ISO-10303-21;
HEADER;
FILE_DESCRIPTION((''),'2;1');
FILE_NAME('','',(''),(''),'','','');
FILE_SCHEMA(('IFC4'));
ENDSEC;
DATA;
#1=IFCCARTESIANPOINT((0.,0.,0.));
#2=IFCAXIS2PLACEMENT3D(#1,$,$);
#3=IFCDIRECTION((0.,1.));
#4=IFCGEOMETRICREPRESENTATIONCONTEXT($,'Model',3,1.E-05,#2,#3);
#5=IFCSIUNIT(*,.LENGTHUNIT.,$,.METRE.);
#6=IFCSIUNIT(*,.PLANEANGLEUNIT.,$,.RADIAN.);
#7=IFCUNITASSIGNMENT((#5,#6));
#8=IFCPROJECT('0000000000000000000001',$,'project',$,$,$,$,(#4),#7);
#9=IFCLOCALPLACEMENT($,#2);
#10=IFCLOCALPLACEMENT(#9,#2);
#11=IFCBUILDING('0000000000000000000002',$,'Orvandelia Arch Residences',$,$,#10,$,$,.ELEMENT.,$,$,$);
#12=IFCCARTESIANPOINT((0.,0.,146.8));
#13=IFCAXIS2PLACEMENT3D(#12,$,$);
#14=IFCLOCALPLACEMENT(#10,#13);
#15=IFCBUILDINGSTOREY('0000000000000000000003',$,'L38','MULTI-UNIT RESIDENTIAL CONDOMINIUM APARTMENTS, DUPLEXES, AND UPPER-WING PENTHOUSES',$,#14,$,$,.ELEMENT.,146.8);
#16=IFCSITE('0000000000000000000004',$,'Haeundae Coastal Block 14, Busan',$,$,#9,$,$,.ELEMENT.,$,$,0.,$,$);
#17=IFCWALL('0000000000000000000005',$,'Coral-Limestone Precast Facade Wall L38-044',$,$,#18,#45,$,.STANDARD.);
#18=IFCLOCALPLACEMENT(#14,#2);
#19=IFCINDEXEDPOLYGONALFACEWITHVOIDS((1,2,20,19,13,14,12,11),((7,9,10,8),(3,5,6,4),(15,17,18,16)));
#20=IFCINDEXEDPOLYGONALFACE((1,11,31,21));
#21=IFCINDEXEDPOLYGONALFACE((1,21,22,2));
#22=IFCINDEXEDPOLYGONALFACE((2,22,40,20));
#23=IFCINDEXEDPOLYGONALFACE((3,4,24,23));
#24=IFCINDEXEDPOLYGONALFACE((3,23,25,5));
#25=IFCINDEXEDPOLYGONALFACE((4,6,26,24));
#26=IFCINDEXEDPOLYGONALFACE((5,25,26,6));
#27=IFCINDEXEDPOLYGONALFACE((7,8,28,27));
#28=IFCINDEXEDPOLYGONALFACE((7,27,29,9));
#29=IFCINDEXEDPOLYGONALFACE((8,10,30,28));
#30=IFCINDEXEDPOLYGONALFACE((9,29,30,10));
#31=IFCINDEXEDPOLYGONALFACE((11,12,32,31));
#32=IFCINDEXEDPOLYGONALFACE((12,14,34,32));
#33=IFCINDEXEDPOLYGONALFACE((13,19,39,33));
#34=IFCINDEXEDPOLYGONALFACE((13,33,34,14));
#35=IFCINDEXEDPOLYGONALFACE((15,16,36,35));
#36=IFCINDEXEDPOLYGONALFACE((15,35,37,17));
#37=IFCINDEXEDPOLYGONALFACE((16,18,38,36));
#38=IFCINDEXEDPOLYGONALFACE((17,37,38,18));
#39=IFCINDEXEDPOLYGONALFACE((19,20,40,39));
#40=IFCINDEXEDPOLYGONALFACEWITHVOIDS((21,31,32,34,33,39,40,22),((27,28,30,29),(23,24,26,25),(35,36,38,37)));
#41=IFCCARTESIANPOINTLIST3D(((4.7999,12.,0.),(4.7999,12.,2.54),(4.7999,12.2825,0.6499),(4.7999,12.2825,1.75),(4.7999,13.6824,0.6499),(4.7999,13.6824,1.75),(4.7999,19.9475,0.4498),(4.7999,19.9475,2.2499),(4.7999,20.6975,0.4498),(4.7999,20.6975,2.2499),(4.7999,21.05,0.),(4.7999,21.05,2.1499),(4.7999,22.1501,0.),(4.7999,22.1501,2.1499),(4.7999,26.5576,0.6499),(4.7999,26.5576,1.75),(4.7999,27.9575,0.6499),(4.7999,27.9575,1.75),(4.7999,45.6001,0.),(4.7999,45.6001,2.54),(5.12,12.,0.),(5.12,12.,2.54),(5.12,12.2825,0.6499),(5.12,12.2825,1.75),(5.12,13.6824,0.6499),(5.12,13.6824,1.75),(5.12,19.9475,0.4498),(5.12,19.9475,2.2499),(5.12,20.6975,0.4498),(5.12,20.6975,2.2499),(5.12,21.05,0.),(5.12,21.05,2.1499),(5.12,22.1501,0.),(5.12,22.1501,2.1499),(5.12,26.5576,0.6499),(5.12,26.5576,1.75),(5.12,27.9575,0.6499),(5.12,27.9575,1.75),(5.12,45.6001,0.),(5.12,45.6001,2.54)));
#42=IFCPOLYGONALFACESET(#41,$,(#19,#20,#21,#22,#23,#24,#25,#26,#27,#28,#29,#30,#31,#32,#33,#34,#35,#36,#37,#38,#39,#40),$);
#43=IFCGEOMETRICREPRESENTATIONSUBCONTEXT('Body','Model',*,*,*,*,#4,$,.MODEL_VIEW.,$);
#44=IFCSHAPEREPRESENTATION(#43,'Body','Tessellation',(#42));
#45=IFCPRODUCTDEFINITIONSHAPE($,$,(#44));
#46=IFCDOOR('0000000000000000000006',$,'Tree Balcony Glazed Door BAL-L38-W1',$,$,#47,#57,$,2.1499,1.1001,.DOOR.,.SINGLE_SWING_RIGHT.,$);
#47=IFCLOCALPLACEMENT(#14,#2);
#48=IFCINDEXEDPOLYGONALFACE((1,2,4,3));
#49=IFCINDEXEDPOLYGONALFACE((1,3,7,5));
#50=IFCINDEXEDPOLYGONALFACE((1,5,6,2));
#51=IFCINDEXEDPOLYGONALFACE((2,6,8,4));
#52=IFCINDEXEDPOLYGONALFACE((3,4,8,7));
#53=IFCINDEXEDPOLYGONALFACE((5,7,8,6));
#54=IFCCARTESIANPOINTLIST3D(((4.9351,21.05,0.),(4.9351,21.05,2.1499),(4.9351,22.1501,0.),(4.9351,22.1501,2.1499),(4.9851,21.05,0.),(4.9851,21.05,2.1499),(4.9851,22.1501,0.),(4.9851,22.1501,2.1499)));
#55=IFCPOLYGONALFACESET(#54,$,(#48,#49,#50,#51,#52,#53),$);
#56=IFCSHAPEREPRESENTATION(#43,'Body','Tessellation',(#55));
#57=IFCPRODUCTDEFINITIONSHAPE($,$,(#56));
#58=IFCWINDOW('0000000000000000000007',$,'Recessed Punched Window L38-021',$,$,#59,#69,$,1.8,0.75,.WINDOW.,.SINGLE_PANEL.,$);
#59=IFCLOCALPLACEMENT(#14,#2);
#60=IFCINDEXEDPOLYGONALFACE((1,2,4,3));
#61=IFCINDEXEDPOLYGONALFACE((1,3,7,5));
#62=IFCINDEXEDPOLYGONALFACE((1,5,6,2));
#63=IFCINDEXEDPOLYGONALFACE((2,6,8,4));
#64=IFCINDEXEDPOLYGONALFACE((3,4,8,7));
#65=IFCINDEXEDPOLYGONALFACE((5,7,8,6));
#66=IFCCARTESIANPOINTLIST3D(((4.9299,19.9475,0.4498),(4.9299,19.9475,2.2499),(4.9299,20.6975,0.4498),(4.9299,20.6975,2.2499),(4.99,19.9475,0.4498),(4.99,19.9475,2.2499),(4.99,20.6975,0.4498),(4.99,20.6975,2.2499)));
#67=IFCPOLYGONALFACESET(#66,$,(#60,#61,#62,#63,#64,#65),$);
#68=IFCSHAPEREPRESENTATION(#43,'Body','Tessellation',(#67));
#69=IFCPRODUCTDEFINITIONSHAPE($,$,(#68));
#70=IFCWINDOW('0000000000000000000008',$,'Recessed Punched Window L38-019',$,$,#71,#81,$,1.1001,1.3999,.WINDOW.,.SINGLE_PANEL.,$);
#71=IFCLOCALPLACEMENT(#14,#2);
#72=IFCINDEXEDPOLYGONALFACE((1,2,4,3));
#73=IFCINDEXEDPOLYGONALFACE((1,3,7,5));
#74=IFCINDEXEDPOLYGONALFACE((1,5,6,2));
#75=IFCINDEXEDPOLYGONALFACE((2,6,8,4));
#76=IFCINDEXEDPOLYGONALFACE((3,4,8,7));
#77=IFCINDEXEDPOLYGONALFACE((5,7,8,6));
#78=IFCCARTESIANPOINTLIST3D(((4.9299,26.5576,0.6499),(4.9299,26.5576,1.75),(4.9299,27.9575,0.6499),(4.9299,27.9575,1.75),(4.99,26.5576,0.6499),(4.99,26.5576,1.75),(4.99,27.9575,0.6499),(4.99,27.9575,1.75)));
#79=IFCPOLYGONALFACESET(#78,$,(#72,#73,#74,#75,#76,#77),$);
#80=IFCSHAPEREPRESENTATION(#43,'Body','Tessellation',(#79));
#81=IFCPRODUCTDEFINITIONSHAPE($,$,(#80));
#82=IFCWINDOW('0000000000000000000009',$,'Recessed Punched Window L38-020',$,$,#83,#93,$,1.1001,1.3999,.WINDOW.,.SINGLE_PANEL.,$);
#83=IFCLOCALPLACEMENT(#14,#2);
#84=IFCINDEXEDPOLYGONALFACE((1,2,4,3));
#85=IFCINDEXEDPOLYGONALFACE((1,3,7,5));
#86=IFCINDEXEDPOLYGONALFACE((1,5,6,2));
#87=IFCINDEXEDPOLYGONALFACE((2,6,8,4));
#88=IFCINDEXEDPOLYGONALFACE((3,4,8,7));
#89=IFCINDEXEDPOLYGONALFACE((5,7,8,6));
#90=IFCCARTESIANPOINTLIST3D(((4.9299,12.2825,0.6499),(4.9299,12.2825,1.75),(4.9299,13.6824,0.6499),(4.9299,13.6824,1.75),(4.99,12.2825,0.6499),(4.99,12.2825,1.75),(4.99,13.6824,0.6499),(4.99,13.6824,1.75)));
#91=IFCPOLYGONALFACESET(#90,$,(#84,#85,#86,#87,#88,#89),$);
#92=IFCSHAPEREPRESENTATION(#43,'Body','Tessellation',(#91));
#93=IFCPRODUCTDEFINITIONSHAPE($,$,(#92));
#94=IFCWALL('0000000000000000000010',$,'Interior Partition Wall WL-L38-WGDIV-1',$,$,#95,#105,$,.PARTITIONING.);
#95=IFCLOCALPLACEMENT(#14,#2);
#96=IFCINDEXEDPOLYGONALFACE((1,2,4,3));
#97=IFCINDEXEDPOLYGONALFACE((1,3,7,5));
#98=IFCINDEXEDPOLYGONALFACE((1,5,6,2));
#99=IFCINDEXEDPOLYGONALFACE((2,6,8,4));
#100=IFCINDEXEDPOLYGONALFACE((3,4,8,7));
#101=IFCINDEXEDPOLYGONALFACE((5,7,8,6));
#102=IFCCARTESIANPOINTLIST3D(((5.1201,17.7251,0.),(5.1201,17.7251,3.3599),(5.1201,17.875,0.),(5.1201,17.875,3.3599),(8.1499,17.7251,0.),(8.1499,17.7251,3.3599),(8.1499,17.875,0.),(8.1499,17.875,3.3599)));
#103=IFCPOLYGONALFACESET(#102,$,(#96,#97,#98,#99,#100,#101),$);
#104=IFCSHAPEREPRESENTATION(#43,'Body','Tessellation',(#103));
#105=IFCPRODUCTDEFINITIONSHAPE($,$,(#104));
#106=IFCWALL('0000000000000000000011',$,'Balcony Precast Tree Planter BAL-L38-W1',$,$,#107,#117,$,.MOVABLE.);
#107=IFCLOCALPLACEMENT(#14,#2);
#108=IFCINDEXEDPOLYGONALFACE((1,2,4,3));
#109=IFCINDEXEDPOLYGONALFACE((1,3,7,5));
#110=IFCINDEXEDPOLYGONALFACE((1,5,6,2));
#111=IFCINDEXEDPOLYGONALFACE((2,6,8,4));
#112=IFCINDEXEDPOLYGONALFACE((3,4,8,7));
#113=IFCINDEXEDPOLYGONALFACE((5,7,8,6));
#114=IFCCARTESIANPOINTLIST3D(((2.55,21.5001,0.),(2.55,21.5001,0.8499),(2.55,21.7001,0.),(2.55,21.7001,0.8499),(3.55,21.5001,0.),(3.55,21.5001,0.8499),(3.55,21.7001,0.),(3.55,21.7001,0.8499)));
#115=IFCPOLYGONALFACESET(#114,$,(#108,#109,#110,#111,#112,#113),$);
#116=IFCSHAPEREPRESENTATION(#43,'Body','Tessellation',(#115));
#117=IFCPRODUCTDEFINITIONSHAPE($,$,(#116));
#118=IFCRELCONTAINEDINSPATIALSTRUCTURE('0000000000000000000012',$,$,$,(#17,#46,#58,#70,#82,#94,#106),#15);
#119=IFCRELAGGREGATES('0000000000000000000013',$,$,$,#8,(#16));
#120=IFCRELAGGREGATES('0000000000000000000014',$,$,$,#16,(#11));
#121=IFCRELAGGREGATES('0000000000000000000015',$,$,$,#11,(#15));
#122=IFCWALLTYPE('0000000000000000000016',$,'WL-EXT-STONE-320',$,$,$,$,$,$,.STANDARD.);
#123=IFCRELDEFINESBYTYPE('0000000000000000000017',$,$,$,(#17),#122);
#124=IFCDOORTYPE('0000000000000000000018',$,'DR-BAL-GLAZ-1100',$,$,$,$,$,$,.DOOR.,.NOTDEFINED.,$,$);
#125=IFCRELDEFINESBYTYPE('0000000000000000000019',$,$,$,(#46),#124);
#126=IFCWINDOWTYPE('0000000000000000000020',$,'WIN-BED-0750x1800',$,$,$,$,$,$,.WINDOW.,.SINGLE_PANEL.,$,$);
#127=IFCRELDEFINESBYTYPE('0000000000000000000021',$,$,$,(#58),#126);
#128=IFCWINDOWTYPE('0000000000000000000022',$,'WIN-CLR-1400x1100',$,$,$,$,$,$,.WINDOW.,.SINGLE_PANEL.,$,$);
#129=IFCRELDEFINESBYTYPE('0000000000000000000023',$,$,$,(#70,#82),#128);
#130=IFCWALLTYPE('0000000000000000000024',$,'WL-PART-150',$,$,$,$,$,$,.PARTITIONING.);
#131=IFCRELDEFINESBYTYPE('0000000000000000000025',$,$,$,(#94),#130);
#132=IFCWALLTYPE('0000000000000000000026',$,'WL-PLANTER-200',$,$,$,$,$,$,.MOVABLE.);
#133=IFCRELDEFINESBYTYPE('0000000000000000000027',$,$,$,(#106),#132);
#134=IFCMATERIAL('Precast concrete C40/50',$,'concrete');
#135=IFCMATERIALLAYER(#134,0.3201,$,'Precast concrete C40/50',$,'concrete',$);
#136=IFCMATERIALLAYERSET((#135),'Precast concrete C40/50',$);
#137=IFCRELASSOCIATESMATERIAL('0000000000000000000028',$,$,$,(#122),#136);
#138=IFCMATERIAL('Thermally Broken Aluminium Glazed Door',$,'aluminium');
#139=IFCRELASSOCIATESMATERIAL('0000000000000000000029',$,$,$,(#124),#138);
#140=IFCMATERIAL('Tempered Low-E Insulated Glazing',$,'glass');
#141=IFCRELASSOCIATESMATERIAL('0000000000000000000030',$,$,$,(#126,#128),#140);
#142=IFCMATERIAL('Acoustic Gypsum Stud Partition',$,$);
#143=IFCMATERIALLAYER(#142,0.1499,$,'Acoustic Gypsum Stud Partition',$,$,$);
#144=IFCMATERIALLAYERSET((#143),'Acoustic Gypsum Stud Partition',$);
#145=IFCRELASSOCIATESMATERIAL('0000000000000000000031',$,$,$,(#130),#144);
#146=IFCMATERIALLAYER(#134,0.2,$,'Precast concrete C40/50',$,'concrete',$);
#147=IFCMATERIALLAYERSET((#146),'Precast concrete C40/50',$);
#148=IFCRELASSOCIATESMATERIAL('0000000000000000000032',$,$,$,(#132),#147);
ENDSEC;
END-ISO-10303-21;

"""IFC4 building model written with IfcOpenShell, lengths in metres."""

from ifc_helpers import new_model, si_unit, direction, frame, frame_2d, origin, place, context, subcontext, project, spatial, rectangle, extrude, material, layer, layer_set, type_object, element, fill, save


model = new_model("IFC4")

# Units and contexts
model_context = context("Model", 3, precision=1e-05, world=origin(), true_north=direction((0.0, 1.0)))
body_context = subcontext(model_context, "Body", "Model", "MODEL_VIEW")
ifc_project = project(units=[si_unit("LENGTHUNIT", "METRE"), si_unit("PLANEANGLEUNIT", "RADIAN")], contexts=[model_context])

# Site, building, storey
site_placement = place(None, origin())
site = spatial("IfcSite", under=ifc_project, at=site_placement, Name="Haeundae Coastal Block 14, Busan", CompositionType="ELEMENT", RefElevation=0.0)
building_placement = place(site_placement, origin())
building = spatial("IfcBuilding", under=site, at=building_placement, Name="Orvandelia Arch Residences", CompositionType="ELEMENT")
storey_placement = place(building_placement, frame((0.0, 0.0, 146.8)))
storey = spatial("IfcBuildingStorey", under=building, at=storey_placement, Name="L38", Description="MULTI-UNIT RESIDENTIAL CONDOMINIUM APARTMENTS, DUPLEXES, AND UPPER-WING PENTHOUSES", CompositionType="ELEMENT", Elevation=146.8)

# Shared definitions
ifc_material_1 = material(Name="Precast concrete C40/50", Category="concrete")
ifc_layer_1 = layer(ifc_material_1, 0.3201, Name="Precast concrete C40/50", Category="concrete")
ifc_layer_set_1 = layer_set([ifc_layer_1], Name="Precast concrete C40/50")
wall_type_1 = type_object("IfcWallType", Name="WL-EXT-STONE-320", PredefinedType="STANDARD", material=ifc_layer_set_1)

# Wall, openings, door, windows
wall_1_placement = place(storey_placement, frame((4.96, 12.0, 0.0), z_axis=(0.0, 0.0, 1.0), x_axis=(0.0, 1.0, 0.0)))
wall_1 = element("IfcWall", 1, at=wall_1_placement, inside=storey, type_object=wall_type_1, Name="Coral-Limestone Precast Facade Wall L38-044", PredefinedType="STANDARD", context=body_context, shape_type="SweptSolid", body=[
    extrude(rectangle(XDim=33.6001, YDim=0.3201, at=frame_2d((16.8, 0.0))), origin(), (0.0, 0.0, 1.0), 2.54),
])
opening_1_placement = place(wall_1_placement, frame((9.05, 0.0, 0.0)))
opening_1 = element("IfcOpeningElement", 2, at=opening_1_placement, cuts=wall_1, PredefinedType="OPENING", context=body_context, shape_type="SweptSolid", body=[
    extrude(rectangle(XDim=1.1001, YDim=2.1499, at=frame_2d((0.55, 1.075))), frame((0.0, 0.1699, 0.0), z_axis=(0.0, -1.0, 0.0), x_axis=(1.0, 0.0, 0.0)), (0.0, 0.0, 1.0), 0.3401),
])
opening_2_placement = place(wall_1_placement, frame((14.5576, 0.0, 0.6499)))
opening_2 = element("IfcOpeningElement", 3, at=opening_2_placement, cuts=wall_1, PredefinedType="OPENING", context=body_context, shape_type="SweptSolid", body=[
    extrude(rectangle(XDim=1.3999, YDim=1.1001, at=frame_2d((0.7, 0.55))), frame((0.0, 0.1699, 0.0), z_axis=(0.0, -1.0, 0.0), x_axis=(1.0, 0.0, 0.0)), (0.0, 0.0, 1.0), 0.3401),
])
opening_3_placement = place(wall_1_placement, frame((0.2825, 0.0, 0.6499)))
opening_3 = element("IfcOpeningElement", 4, at=opening_3_placement, cuts=wall_1, PredefinedType="OPENING", context=body_context, shape_type="SweptSolid", body=[
    extrude(rectangle(XDim=1.3999, YDim=1.1001, at=frame_2d((0.7, 0.55))), frame((0.0, 0.1699, 0.0), z_axis=(0.0, -1.0, 0.0), x_axis=(1.0, 0.0, 0.0)), (0.0, 0.0, 1.0), 0.3401),
])
opening_4_placement = place(wall_1_placement, frame((7.9475, 0.0, 0.45)))
opening_4 = element("IfcOpeningElement", 5, at=opening_4_placement, cuts=wall_1, PredefinedType="OPENING", context=body_context, shape_type="SweptSolid", body=[
    extrude(rectangle(XDim=0.75, YDim=1.8, at=frame_2d((0.375, 0.8999))), frame((0.0, 0.1699, 0.0), z_axis=(0.0, -1.0, 0.0), x_axis=(1.0, 0.0, 0.0)), (0.0, 0.0, 1.0), 0.3401),
])
ifc_material_2 = material(Name="Thermally Broken Aluminium Glazed Door", Category="aluminium")
door_type = type_object("IfcDoorType", Name="DR-BAL-GLAZ-1100", OperationType="NOTDEFINED", PredefinedType="DOOR", material=ifc_material_2)
door_placement = place(opening_1_placement, origin())
door = element("IfcDoor", 6, at=door_placement, inside=storey, type_object=door_type, Name="Tree Balcony Glazed Door BAL-L38-W1", OperationType="SINGLE_SWING_RIGHT", OverallHeight=2.1499, OverallWidth=1.1001, PredefinedType="DOOR", context=body_context, shape_type="SweptSolid", body=[
    extrude(rectangle(XDim=1.1001, YDim=2.1499, at=frame_2d((0.55, 1.075))), frame((0.0, 0.0249, 0.0), z_axis=(0.0, -1.0, 0.0), x_axis=(1.0, 0.0, 0.0)), (0.0, 0.0, 1.0), 0.05),
])
fill(opening_1, door)
ifc_material_3 = material(Name="Tempered Low-E Insulated Glazing", Category="glass")
window_type_1 = type_object("IfcWindowType", Name="WIN-BED-0750x1800", PartitioningType="SINGLE_PANEL", PredefinedType="WINDOW", material=ifc_material_3)
window_1_placement = place(opening_4_placement, origin())
window_1 = element("IfcWindow", 7, at=window_1_placement, inside=storey, type_object=window_type_1, Name="Recessed Punched Window L38-021", OverallHeight=1.8, OverallWidth=0.75, PartitioningType="SINGLE_PANEL", PredefinedType="WINDOW", context=body_context, shape_type="SweptSolid", body=[
    extrude(rectangle(XDim=0.75, YDim=1.8, at=frame_2d((0.375, 0.8999))), frame((0.0, 0.03, 0.0), z_axis=(0.0, -1.0, 0.0), x_axis=(1.0, 0.0, 0.0)), (0.0, 0.0, 1.0), 0.0601),
])
fill(opening_4, window_1)
window_type_2 = type_object("IfcWindowType", Name="WIN-CLR-1400x1100", PartitioningType="SINGLE_PANEL", PredefinedType="WINDOW", material=ifc_material_3)
window_2_placement = place(opening_2_placement, origin())
window_2 = element("IfcWindow", 8, at=window_2_placement, inside=storey, type_object=window_type_2, Name="Recessed Punched Window L38-019", OverallHeight=1.1001, OverallWidth=1.3999, PartitioningType="SINGLE_PANEL", PredefinedType="WINDOW", context=body_context, shape_type="SweptSolid", body=[
    extrude(rectangle(XDim=1.3999, YDim=1.1001, at=frame_2d((0.7, 0.55))), frame((0.0, 0.03, 0.0), z_axis=(0.0, -1.0, 0.0), x_axis=(1.0, 0.0, 0.0)), (0.0, 0.0, 1.0), 0.0601),
])
fill(opening_2, window_2)
window_3_placement = place(opening_3_placement, origin())
window_3 = element("IfcWindow", 9, at=window_3_placement, inside=storey, type_object=window_type_2, Name="Recessed Punched Window L38-020", OverallHeight=1.1001, OverallWidth=1.3999, PartitioningType="SINGLE_PANEL", PredefinedType="WINDOW", context=body_context, shape_type="SweptSolid", body=[
    extrude(rectangle(XDim=1.3999, YDim=1.1001, at=frame_2d((0.7, 0.55))), frame((0.0, 0.03, 0.0), z_axis=(0.0, -1.0, 0.0), x_axis=(1.0, 0.0, 0.0)), (0.0, 0.0, 1.0), 0.0601),
])
fill(opening_3, window_3)

# Walls
ifc_material_4 = material(Name="Acoustic Gypsum Stud Partition")
ifc_layer_2 = layer(ifc_material_4, 0.1499, Name="Acoustic Gypsum Stud Partition")
ifc_layer_set_2 = layer_set([ifc_layer_2], Name="Acoustic Gypsum Stud Partition")
wall_type_2 = type_object("IfcWallType", Name="WL-PART-150", PredefinedType="PARTITIONING", material=ifc_layer_set_2)
wall_2_placement = place(storey_placement, frame((5.1201, 17.8, 0.0), z_axis=(0.0, 0.0, 1.0), x_axis=(1.0, 0.0, 0.0)))
element("IfcWall", 10, at=wall_2_placement, inside=storey, type_object=wall_type_2, Name="Interior Partition Wall WL-L38-WGDIV-1", PredefinedType="PARTITIONING", context=body_context, shape_type="SweptSolid", body=[
    extrude(rectangle(XDim=3.0298, YDim=0.1499, at=frame_2d((1.5149, 0.0))), origin(), (0.0, 0.0, 1.0), 3.3599),
])
ifc_layer_3 = layer(ifc_material_1, 0.2, Name="Precast concrete C40/50", Category="concrete")
ifc_layer_set_3 = layer_set([ifc_layer_3], Name="Precast concrete C40/50")
wall_type_3 = type_object("IfcWallType", Name="WL-PLANTER-200", PredefinedType="MOVABLE", material=ifc_layer_set_3)
wall_3_placement = place(storey_placement, frame((2.55, 21.6001, 0.0), z_axis=(0.0, 0.0, 1.0), x_axis=(1.0, 0.0, 0.0)))
element("IfcWall", 11, at=wall_3_placement, inside=storey, type_object=wall_type_3, Name="Balcony Precast Tree Planter BAL-L38-W1", PredefinedType="MOVABLE", context=body_context, shape_type="SweptSolid", body=[
    extrude(rectangle(XDim=1.0, YDim=0.2, at=frame_2d((0.5, 0.0))), origin(), (0.0, 0.0, 1.0), 0.8499),
])

save(model, "model.ifc")
